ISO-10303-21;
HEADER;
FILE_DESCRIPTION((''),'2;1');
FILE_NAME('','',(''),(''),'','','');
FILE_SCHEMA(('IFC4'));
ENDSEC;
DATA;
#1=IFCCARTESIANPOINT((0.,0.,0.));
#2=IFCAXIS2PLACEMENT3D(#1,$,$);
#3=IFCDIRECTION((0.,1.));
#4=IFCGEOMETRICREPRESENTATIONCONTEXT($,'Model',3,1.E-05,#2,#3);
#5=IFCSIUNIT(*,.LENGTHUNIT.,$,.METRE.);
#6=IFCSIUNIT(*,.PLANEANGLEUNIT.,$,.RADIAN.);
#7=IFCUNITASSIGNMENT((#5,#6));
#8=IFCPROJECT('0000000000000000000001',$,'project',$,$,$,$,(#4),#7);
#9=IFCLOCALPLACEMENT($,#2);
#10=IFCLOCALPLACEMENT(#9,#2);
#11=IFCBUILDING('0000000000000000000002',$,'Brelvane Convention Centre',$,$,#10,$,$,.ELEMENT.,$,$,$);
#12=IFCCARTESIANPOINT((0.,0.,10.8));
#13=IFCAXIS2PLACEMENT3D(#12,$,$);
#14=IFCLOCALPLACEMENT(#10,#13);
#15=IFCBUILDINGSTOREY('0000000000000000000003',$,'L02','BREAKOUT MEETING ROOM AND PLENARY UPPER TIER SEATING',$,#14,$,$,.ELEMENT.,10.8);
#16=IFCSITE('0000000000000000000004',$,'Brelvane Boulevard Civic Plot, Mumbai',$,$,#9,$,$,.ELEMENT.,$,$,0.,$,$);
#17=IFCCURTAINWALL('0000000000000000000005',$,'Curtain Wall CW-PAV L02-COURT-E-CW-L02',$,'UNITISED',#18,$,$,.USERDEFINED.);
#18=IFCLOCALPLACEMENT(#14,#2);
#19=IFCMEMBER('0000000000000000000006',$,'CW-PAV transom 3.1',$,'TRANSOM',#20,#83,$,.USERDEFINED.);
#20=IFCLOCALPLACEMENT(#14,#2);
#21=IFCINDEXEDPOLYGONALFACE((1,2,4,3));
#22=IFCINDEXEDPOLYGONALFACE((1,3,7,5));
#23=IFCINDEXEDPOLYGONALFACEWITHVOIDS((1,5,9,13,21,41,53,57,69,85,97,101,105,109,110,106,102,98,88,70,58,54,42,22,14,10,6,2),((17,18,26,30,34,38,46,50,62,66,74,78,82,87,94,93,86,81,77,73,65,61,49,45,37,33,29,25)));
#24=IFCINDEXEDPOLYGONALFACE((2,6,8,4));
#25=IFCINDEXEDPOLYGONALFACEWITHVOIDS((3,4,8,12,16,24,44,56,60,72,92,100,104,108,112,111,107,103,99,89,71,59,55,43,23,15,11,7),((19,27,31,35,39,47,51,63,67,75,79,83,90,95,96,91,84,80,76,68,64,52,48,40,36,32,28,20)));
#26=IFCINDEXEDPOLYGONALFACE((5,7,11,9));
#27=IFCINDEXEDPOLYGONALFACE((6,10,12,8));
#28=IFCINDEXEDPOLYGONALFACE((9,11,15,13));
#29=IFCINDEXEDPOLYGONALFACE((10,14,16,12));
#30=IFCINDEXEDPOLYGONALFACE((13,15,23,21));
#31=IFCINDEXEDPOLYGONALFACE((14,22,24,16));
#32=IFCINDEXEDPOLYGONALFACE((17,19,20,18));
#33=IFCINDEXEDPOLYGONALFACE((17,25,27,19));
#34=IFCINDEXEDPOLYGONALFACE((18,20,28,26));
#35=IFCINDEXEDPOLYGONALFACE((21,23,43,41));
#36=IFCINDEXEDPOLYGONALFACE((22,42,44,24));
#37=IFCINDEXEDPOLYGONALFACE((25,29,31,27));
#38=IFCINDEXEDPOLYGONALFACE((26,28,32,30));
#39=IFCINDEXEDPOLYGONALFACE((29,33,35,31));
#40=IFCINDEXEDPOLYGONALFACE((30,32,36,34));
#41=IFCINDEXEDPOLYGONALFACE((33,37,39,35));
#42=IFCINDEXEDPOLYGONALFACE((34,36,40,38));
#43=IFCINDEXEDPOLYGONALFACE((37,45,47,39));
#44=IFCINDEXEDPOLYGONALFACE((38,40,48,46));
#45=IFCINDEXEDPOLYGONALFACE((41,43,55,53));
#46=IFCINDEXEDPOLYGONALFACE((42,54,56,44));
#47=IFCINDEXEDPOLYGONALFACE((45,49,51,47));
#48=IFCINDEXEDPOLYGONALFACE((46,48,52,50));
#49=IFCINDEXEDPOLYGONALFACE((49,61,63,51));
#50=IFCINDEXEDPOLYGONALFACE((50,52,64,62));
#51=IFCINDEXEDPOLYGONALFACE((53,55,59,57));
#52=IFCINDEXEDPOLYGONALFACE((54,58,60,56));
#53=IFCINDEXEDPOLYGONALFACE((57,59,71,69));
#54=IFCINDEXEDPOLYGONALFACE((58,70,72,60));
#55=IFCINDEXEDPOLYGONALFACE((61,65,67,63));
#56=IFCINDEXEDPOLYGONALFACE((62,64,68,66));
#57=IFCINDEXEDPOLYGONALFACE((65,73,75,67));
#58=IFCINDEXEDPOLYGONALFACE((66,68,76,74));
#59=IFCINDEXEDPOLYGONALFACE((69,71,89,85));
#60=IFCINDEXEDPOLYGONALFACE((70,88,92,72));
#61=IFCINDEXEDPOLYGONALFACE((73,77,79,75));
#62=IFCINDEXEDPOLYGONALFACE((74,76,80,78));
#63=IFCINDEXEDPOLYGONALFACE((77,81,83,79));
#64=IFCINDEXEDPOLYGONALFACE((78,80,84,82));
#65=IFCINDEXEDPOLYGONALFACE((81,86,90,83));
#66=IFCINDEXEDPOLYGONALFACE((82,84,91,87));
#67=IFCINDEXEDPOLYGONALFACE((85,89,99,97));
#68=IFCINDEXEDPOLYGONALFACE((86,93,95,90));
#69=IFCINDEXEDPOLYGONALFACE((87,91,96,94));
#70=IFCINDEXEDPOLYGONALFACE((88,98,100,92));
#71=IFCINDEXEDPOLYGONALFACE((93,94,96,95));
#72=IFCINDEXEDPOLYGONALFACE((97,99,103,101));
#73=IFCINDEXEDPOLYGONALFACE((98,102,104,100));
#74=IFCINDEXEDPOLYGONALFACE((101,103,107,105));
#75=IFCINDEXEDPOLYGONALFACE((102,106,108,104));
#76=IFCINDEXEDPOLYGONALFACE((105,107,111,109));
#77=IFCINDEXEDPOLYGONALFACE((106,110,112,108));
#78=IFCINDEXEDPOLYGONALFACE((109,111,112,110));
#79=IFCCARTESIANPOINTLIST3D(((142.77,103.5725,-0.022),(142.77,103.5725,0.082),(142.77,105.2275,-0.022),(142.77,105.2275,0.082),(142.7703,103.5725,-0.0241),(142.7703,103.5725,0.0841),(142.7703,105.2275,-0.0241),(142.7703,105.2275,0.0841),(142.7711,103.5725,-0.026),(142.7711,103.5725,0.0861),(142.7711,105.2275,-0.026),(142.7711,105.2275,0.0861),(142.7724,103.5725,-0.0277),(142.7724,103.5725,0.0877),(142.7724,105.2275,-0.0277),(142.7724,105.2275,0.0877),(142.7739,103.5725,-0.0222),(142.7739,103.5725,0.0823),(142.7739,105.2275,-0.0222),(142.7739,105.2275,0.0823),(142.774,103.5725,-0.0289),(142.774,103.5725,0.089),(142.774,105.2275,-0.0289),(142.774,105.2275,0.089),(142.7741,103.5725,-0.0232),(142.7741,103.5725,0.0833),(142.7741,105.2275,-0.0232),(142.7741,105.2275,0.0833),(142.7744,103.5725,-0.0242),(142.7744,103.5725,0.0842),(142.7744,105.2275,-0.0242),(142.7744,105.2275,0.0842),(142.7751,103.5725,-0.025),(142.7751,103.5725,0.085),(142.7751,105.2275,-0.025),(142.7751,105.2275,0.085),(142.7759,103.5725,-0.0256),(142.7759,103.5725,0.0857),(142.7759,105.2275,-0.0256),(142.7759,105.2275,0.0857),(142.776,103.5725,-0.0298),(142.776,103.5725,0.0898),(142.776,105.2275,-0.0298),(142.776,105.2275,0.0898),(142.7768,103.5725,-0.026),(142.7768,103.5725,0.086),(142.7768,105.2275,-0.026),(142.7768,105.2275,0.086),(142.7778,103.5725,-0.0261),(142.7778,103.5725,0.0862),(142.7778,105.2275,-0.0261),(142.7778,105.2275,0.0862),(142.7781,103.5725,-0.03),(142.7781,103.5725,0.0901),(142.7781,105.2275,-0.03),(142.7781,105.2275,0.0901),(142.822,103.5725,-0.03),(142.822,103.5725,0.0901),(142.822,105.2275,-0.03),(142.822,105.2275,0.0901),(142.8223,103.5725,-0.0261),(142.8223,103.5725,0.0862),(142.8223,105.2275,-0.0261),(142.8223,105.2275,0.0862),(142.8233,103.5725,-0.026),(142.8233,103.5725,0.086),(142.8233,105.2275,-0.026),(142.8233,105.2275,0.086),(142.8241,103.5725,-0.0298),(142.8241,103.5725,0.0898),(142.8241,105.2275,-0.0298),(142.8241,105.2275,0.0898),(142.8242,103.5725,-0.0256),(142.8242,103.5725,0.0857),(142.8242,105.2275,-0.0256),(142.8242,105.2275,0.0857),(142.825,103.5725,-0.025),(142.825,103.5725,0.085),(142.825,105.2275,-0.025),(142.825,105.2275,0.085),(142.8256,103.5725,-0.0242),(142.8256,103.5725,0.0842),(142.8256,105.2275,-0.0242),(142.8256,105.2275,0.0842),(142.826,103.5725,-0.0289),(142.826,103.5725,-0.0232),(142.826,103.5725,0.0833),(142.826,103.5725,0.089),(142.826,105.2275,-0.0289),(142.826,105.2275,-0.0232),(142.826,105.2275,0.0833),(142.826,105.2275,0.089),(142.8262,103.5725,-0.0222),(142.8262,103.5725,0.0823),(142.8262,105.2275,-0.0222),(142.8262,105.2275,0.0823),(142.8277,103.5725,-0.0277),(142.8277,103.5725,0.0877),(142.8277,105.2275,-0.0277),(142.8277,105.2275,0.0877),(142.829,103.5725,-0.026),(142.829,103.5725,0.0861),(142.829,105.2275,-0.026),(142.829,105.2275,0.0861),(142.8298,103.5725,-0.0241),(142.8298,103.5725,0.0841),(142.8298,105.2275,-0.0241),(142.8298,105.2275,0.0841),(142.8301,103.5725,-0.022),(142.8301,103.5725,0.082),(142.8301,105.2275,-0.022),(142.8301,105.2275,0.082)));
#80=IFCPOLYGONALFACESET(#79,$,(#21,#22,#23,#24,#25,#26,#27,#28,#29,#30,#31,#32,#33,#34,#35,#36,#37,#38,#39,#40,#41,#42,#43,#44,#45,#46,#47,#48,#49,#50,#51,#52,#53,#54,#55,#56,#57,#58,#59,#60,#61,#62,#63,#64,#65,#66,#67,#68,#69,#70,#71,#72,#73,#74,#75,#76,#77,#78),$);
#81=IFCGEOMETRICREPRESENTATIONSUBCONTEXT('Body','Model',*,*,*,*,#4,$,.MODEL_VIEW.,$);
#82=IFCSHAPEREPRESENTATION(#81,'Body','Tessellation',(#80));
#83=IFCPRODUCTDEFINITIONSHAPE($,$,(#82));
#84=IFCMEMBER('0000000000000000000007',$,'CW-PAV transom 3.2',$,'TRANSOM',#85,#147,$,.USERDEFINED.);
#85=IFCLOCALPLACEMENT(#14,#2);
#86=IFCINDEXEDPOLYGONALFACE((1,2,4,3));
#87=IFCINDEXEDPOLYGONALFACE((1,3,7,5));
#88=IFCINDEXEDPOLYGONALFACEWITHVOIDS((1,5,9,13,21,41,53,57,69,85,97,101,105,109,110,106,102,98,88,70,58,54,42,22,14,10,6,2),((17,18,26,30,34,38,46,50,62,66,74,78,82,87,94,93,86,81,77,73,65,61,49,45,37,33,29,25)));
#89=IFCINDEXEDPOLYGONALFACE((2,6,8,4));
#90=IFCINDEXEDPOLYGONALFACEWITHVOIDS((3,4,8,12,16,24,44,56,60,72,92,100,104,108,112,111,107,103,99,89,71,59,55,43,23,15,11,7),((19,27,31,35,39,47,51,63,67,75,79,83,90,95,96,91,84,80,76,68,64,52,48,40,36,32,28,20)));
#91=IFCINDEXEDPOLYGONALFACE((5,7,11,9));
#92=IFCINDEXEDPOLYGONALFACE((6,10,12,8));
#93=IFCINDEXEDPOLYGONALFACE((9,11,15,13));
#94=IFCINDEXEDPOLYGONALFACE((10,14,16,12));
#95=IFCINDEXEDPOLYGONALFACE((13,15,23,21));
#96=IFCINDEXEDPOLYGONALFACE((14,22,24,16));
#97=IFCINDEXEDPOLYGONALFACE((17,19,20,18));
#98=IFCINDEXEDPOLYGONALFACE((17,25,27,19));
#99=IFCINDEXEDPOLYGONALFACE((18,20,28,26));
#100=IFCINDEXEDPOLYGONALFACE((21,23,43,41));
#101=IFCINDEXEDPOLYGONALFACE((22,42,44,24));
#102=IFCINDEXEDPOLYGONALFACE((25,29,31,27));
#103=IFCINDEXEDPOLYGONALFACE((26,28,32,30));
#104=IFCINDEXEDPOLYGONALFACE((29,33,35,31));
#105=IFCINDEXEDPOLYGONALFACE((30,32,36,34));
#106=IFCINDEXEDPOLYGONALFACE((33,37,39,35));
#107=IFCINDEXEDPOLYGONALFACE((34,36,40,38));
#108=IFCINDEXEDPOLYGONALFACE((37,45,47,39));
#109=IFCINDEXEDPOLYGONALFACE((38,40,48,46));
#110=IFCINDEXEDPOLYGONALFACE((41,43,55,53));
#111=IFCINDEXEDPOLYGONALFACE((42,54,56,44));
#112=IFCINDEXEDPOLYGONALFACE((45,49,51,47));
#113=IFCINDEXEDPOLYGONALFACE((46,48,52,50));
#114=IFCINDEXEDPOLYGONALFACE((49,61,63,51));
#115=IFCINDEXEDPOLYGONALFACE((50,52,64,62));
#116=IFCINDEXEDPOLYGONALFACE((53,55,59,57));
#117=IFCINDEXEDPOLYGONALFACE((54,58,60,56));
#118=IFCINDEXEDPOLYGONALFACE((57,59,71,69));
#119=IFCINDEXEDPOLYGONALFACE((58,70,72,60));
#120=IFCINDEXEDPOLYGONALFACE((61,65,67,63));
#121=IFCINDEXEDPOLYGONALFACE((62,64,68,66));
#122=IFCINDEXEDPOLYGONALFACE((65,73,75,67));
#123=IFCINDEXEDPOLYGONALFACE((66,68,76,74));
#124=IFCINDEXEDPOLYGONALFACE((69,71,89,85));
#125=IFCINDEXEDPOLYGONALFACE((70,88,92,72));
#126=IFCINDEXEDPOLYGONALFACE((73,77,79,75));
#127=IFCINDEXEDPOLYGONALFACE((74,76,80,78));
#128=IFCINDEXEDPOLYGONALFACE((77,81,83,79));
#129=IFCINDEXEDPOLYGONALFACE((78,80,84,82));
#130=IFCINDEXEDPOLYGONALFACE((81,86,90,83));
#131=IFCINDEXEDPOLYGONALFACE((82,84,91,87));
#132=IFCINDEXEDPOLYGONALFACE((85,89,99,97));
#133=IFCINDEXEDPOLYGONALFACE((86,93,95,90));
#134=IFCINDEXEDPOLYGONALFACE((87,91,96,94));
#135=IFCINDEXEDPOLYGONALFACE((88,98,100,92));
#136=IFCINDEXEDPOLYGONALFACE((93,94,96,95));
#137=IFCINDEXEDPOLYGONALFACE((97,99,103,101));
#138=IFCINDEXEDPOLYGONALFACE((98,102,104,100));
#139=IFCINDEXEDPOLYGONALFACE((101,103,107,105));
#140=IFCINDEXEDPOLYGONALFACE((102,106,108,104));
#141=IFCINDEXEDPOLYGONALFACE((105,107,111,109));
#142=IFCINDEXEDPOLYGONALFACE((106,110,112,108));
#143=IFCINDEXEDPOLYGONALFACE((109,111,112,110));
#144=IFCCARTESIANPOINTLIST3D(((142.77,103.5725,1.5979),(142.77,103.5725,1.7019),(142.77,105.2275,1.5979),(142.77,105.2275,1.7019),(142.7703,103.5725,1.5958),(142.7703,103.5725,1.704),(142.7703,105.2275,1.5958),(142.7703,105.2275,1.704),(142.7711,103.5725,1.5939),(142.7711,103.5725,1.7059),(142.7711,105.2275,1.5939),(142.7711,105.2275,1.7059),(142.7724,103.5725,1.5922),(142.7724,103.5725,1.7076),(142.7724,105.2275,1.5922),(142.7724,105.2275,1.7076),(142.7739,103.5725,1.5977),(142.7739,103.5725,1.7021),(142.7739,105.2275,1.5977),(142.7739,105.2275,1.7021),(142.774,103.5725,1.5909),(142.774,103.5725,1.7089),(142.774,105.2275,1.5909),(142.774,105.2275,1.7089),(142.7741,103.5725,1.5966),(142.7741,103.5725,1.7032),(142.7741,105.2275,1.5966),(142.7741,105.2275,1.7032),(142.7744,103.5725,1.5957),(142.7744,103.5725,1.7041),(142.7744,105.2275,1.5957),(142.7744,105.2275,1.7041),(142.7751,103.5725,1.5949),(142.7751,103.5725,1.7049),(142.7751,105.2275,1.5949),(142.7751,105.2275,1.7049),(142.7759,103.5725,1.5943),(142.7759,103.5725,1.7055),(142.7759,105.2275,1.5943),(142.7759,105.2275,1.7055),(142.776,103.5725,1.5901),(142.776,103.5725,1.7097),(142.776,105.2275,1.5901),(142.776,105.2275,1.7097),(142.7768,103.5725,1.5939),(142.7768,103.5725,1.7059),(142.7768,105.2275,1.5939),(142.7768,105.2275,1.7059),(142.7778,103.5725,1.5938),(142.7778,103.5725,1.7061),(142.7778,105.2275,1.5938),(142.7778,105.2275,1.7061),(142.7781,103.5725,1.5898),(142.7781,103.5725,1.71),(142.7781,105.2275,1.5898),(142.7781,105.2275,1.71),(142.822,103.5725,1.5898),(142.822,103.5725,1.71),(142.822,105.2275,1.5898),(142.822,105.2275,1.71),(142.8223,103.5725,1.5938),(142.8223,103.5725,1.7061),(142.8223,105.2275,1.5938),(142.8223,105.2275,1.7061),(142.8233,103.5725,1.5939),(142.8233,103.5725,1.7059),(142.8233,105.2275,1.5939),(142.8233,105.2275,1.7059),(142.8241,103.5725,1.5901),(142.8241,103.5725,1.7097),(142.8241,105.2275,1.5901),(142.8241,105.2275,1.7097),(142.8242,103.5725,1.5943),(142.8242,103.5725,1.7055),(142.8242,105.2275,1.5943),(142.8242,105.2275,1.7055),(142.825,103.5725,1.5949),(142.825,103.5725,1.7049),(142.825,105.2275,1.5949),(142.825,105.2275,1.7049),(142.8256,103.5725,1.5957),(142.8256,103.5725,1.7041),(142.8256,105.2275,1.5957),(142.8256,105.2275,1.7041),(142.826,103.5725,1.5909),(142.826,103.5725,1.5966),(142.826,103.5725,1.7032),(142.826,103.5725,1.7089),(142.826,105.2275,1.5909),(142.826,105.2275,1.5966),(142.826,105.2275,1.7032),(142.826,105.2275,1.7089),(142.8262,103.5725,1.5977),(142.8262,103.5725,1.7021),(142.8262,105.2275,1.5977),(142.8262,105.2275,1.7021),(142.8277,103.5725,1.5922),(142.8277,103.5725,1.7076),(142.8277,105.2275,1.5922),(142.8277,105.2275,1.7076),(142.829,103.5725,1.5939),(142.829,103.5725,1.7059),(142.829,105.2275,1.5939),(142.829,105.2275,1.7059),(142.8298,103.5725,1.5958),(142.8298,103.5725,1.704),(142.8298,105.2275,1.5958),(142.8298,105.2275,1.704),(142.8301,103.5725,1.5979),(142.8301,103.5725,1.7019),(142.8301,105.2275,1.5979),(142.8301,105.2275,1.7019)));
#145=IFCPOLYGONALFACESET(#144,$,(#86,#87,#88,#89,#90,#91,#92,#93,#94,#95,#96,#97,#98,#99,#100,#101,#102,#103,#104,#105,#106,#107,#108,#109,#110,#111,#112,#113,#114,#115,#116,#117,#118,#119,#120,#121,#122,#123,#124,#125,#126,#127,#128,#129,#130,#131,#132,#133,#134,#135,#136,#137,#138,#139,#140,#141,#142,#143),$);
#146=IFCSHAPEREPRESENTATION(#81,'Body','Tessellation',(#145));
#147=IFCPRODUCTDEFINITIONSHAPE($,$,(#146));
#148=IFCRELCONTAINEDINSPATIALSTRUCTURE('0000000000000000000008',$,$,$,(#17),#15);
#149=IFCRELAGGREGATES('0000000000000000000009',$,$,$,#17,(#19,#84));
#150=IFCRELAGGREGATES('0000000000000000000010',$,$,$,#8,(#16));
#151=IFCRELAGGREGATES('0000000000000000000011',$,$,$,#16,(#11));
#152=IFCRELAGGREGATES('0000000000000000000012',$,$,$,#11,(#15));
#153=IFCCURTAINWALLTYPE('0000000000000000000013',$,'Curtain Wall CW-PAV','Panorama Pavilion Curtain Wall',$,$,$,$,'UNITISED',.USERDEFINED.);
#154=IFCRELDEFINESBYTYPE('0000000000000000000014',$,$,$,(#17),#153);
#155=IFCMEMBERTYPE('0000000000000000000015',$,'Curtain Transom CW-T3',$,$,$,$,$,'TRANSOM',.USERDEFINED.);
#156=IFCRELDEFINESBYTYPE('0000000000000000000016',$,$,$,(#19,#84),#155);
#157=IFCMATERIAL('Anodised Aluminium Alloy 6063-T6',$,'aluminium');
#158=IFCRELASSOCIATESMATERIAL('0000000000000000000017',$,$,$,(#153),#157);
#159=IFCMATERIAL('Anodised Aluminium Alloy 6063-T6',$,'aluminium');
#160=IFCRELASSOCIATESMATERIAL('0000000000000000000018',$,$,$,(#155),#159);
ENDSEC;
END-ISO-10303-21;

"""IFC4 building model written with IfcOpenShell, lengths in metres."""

from ifc_helpers import new_model, si_unit, direction, frame, origin, origin_2d, place, context, subcontext, project, spatial, hollow_rectangle, extrude, material, material_profile, profile_set, type_object, element, aggregate, save


model = new_model("IFC4")

# Units and contexts
model_context = context("Model", 3, precision=1e-05, world=origin(), true_north=direction((0.0, 1.0)))
body_context = subcontext(model_context, "Body", "Model", "MODEL_VIEW")
ifc_project = project(units=[si_unit("LENGTHUNIT", "METRE"), si_unit("PLANEANGLEUNIT", "RADIAN")], contexts=[model_context])

# Site, building, storey
site_placement = place(None, origin())
site = spatial("IfcSite", under=ifc_project, at=site_placement, Name="Brelvane Boulevard Civic Plot, Mumbai", CompositionType="ELEMENT", RefElevation=0.0)
building_placement = place(site_placement, origin())
building = spatial("IfcBuilding", under=site, at=building_placement, Name="Brelvane Convention Centre", CompositionType="ELEMENT")
storey_placement = place(building_placement, frame((0.0, 0.0, 10.8)))
storey = spatial("IfcBuildingStorey", under=building, at=storey_placement, Name="L02", Description="BREAKOUT MEETING ROOM AND PLENARY UPPER TIER SEATING", CompositionType="ELEMENT", Elevation=10.8)

# Curtain wall
ifc_material_1 = material(Name="Anodised Aluminium Alloy 6063-T6", Category="aluminium")
curtain_wall_type_1 = type_object("IfcCurtainWallType", Name="Curtain Wall CW-PAV", Description="Panorama Pavilion Curtain Wall", ElementType="UNITISED", PredefinedType="USERDEFINED", material=ifc_material_1)
curtain_wall_1_placement = place(storey_placement, origin())
curtain_wall_1 = element("IfcCurtainWall", 1, at=curtain_wall_1_placement, inside=storey, type_object=curtain_wall_type_1, Name="Curtain Wall CW-PAV L02-COURT-E-CW-L02", ObjectType="UNITISED", PredefinedType="USERDEFINED")

# Members
ifc_material_2 = material(Name="Anodised Aluminium Alloy 6063-T6", Category="aluminium")
ifc_material_profile_1 = material_profile(ifc_material_2, hollow_rectangle(XDim=0.0601, YDim=0.1201, WallThickness=0.0039, InnerFilletRadius=0.0039, OuterFilletRadius=0.0081, at=origin_2d()), Name="ALU-T 120x60x4.0")
ifc_profile_set_1 = profile_set([ifc_material_profile_1], Name="Anodised Aluminium Alloy 6063-T6")
member_type_1 = type_object("IfcMemberType", Name="Curtain Transom CW-T3", ElementType="TRANSOM", PredefinedType="USERDEFINED", material=ifc_profile_set_1)
member_1_placement = place(storey_placement, frame((142.8, 103.5725, 0.03), z_axis=(0.0, 1.0, 0.0), x_axis=(-1.0, 0.0, 0.0)))
member_1 = element("IfcMember", 2, at=member_1_placement, type_object=member_type_1, Name="CW-PAV transom 3.1", ObjectType="TRANSOM", PredefinedType="USERDEFINED", context=body_context, shape_type="SweptSolid", body=[
    extrude(hollow_rectangle(XDim=0.0601, YDim=0.1201, WallThickness=0.0039, InnerFilletRadius=0.0039, OuterFilletRadius=0.0081, at=origin_2d()), origin(), (0.0, 0.0, 1.0), 1.655),
])
member_2_placement = place(storey_placement, frame((142.8, 103.5725, 1.6499), z_axis=(0.0, 1.0, 0.0), x_axis=(-1.0, 0.0, 0.0)))
member_2 = element("IfcMember", 3, at=member_2_placement, type_object=member_type_1, Name="CW-PAV transom 3.2", ObjectType="TRANSOM", PredefinedType="USERDEFINED", context=body_context, shape_type="SweptSolid", body=[
    extrude(hollow_rectangle(XDim=0.0601, YDim=0.1201, WallThickness=0.0039, InnerFilletRadius=0.0039, OuterFilletRadius=0.0081, at=origin_2d()), origin(), (0.0, 0.0, 1.0), 1.655),
])

aggregate(curtain_wall_1, [member_1, member_2])

save(model, "model.ifc")
